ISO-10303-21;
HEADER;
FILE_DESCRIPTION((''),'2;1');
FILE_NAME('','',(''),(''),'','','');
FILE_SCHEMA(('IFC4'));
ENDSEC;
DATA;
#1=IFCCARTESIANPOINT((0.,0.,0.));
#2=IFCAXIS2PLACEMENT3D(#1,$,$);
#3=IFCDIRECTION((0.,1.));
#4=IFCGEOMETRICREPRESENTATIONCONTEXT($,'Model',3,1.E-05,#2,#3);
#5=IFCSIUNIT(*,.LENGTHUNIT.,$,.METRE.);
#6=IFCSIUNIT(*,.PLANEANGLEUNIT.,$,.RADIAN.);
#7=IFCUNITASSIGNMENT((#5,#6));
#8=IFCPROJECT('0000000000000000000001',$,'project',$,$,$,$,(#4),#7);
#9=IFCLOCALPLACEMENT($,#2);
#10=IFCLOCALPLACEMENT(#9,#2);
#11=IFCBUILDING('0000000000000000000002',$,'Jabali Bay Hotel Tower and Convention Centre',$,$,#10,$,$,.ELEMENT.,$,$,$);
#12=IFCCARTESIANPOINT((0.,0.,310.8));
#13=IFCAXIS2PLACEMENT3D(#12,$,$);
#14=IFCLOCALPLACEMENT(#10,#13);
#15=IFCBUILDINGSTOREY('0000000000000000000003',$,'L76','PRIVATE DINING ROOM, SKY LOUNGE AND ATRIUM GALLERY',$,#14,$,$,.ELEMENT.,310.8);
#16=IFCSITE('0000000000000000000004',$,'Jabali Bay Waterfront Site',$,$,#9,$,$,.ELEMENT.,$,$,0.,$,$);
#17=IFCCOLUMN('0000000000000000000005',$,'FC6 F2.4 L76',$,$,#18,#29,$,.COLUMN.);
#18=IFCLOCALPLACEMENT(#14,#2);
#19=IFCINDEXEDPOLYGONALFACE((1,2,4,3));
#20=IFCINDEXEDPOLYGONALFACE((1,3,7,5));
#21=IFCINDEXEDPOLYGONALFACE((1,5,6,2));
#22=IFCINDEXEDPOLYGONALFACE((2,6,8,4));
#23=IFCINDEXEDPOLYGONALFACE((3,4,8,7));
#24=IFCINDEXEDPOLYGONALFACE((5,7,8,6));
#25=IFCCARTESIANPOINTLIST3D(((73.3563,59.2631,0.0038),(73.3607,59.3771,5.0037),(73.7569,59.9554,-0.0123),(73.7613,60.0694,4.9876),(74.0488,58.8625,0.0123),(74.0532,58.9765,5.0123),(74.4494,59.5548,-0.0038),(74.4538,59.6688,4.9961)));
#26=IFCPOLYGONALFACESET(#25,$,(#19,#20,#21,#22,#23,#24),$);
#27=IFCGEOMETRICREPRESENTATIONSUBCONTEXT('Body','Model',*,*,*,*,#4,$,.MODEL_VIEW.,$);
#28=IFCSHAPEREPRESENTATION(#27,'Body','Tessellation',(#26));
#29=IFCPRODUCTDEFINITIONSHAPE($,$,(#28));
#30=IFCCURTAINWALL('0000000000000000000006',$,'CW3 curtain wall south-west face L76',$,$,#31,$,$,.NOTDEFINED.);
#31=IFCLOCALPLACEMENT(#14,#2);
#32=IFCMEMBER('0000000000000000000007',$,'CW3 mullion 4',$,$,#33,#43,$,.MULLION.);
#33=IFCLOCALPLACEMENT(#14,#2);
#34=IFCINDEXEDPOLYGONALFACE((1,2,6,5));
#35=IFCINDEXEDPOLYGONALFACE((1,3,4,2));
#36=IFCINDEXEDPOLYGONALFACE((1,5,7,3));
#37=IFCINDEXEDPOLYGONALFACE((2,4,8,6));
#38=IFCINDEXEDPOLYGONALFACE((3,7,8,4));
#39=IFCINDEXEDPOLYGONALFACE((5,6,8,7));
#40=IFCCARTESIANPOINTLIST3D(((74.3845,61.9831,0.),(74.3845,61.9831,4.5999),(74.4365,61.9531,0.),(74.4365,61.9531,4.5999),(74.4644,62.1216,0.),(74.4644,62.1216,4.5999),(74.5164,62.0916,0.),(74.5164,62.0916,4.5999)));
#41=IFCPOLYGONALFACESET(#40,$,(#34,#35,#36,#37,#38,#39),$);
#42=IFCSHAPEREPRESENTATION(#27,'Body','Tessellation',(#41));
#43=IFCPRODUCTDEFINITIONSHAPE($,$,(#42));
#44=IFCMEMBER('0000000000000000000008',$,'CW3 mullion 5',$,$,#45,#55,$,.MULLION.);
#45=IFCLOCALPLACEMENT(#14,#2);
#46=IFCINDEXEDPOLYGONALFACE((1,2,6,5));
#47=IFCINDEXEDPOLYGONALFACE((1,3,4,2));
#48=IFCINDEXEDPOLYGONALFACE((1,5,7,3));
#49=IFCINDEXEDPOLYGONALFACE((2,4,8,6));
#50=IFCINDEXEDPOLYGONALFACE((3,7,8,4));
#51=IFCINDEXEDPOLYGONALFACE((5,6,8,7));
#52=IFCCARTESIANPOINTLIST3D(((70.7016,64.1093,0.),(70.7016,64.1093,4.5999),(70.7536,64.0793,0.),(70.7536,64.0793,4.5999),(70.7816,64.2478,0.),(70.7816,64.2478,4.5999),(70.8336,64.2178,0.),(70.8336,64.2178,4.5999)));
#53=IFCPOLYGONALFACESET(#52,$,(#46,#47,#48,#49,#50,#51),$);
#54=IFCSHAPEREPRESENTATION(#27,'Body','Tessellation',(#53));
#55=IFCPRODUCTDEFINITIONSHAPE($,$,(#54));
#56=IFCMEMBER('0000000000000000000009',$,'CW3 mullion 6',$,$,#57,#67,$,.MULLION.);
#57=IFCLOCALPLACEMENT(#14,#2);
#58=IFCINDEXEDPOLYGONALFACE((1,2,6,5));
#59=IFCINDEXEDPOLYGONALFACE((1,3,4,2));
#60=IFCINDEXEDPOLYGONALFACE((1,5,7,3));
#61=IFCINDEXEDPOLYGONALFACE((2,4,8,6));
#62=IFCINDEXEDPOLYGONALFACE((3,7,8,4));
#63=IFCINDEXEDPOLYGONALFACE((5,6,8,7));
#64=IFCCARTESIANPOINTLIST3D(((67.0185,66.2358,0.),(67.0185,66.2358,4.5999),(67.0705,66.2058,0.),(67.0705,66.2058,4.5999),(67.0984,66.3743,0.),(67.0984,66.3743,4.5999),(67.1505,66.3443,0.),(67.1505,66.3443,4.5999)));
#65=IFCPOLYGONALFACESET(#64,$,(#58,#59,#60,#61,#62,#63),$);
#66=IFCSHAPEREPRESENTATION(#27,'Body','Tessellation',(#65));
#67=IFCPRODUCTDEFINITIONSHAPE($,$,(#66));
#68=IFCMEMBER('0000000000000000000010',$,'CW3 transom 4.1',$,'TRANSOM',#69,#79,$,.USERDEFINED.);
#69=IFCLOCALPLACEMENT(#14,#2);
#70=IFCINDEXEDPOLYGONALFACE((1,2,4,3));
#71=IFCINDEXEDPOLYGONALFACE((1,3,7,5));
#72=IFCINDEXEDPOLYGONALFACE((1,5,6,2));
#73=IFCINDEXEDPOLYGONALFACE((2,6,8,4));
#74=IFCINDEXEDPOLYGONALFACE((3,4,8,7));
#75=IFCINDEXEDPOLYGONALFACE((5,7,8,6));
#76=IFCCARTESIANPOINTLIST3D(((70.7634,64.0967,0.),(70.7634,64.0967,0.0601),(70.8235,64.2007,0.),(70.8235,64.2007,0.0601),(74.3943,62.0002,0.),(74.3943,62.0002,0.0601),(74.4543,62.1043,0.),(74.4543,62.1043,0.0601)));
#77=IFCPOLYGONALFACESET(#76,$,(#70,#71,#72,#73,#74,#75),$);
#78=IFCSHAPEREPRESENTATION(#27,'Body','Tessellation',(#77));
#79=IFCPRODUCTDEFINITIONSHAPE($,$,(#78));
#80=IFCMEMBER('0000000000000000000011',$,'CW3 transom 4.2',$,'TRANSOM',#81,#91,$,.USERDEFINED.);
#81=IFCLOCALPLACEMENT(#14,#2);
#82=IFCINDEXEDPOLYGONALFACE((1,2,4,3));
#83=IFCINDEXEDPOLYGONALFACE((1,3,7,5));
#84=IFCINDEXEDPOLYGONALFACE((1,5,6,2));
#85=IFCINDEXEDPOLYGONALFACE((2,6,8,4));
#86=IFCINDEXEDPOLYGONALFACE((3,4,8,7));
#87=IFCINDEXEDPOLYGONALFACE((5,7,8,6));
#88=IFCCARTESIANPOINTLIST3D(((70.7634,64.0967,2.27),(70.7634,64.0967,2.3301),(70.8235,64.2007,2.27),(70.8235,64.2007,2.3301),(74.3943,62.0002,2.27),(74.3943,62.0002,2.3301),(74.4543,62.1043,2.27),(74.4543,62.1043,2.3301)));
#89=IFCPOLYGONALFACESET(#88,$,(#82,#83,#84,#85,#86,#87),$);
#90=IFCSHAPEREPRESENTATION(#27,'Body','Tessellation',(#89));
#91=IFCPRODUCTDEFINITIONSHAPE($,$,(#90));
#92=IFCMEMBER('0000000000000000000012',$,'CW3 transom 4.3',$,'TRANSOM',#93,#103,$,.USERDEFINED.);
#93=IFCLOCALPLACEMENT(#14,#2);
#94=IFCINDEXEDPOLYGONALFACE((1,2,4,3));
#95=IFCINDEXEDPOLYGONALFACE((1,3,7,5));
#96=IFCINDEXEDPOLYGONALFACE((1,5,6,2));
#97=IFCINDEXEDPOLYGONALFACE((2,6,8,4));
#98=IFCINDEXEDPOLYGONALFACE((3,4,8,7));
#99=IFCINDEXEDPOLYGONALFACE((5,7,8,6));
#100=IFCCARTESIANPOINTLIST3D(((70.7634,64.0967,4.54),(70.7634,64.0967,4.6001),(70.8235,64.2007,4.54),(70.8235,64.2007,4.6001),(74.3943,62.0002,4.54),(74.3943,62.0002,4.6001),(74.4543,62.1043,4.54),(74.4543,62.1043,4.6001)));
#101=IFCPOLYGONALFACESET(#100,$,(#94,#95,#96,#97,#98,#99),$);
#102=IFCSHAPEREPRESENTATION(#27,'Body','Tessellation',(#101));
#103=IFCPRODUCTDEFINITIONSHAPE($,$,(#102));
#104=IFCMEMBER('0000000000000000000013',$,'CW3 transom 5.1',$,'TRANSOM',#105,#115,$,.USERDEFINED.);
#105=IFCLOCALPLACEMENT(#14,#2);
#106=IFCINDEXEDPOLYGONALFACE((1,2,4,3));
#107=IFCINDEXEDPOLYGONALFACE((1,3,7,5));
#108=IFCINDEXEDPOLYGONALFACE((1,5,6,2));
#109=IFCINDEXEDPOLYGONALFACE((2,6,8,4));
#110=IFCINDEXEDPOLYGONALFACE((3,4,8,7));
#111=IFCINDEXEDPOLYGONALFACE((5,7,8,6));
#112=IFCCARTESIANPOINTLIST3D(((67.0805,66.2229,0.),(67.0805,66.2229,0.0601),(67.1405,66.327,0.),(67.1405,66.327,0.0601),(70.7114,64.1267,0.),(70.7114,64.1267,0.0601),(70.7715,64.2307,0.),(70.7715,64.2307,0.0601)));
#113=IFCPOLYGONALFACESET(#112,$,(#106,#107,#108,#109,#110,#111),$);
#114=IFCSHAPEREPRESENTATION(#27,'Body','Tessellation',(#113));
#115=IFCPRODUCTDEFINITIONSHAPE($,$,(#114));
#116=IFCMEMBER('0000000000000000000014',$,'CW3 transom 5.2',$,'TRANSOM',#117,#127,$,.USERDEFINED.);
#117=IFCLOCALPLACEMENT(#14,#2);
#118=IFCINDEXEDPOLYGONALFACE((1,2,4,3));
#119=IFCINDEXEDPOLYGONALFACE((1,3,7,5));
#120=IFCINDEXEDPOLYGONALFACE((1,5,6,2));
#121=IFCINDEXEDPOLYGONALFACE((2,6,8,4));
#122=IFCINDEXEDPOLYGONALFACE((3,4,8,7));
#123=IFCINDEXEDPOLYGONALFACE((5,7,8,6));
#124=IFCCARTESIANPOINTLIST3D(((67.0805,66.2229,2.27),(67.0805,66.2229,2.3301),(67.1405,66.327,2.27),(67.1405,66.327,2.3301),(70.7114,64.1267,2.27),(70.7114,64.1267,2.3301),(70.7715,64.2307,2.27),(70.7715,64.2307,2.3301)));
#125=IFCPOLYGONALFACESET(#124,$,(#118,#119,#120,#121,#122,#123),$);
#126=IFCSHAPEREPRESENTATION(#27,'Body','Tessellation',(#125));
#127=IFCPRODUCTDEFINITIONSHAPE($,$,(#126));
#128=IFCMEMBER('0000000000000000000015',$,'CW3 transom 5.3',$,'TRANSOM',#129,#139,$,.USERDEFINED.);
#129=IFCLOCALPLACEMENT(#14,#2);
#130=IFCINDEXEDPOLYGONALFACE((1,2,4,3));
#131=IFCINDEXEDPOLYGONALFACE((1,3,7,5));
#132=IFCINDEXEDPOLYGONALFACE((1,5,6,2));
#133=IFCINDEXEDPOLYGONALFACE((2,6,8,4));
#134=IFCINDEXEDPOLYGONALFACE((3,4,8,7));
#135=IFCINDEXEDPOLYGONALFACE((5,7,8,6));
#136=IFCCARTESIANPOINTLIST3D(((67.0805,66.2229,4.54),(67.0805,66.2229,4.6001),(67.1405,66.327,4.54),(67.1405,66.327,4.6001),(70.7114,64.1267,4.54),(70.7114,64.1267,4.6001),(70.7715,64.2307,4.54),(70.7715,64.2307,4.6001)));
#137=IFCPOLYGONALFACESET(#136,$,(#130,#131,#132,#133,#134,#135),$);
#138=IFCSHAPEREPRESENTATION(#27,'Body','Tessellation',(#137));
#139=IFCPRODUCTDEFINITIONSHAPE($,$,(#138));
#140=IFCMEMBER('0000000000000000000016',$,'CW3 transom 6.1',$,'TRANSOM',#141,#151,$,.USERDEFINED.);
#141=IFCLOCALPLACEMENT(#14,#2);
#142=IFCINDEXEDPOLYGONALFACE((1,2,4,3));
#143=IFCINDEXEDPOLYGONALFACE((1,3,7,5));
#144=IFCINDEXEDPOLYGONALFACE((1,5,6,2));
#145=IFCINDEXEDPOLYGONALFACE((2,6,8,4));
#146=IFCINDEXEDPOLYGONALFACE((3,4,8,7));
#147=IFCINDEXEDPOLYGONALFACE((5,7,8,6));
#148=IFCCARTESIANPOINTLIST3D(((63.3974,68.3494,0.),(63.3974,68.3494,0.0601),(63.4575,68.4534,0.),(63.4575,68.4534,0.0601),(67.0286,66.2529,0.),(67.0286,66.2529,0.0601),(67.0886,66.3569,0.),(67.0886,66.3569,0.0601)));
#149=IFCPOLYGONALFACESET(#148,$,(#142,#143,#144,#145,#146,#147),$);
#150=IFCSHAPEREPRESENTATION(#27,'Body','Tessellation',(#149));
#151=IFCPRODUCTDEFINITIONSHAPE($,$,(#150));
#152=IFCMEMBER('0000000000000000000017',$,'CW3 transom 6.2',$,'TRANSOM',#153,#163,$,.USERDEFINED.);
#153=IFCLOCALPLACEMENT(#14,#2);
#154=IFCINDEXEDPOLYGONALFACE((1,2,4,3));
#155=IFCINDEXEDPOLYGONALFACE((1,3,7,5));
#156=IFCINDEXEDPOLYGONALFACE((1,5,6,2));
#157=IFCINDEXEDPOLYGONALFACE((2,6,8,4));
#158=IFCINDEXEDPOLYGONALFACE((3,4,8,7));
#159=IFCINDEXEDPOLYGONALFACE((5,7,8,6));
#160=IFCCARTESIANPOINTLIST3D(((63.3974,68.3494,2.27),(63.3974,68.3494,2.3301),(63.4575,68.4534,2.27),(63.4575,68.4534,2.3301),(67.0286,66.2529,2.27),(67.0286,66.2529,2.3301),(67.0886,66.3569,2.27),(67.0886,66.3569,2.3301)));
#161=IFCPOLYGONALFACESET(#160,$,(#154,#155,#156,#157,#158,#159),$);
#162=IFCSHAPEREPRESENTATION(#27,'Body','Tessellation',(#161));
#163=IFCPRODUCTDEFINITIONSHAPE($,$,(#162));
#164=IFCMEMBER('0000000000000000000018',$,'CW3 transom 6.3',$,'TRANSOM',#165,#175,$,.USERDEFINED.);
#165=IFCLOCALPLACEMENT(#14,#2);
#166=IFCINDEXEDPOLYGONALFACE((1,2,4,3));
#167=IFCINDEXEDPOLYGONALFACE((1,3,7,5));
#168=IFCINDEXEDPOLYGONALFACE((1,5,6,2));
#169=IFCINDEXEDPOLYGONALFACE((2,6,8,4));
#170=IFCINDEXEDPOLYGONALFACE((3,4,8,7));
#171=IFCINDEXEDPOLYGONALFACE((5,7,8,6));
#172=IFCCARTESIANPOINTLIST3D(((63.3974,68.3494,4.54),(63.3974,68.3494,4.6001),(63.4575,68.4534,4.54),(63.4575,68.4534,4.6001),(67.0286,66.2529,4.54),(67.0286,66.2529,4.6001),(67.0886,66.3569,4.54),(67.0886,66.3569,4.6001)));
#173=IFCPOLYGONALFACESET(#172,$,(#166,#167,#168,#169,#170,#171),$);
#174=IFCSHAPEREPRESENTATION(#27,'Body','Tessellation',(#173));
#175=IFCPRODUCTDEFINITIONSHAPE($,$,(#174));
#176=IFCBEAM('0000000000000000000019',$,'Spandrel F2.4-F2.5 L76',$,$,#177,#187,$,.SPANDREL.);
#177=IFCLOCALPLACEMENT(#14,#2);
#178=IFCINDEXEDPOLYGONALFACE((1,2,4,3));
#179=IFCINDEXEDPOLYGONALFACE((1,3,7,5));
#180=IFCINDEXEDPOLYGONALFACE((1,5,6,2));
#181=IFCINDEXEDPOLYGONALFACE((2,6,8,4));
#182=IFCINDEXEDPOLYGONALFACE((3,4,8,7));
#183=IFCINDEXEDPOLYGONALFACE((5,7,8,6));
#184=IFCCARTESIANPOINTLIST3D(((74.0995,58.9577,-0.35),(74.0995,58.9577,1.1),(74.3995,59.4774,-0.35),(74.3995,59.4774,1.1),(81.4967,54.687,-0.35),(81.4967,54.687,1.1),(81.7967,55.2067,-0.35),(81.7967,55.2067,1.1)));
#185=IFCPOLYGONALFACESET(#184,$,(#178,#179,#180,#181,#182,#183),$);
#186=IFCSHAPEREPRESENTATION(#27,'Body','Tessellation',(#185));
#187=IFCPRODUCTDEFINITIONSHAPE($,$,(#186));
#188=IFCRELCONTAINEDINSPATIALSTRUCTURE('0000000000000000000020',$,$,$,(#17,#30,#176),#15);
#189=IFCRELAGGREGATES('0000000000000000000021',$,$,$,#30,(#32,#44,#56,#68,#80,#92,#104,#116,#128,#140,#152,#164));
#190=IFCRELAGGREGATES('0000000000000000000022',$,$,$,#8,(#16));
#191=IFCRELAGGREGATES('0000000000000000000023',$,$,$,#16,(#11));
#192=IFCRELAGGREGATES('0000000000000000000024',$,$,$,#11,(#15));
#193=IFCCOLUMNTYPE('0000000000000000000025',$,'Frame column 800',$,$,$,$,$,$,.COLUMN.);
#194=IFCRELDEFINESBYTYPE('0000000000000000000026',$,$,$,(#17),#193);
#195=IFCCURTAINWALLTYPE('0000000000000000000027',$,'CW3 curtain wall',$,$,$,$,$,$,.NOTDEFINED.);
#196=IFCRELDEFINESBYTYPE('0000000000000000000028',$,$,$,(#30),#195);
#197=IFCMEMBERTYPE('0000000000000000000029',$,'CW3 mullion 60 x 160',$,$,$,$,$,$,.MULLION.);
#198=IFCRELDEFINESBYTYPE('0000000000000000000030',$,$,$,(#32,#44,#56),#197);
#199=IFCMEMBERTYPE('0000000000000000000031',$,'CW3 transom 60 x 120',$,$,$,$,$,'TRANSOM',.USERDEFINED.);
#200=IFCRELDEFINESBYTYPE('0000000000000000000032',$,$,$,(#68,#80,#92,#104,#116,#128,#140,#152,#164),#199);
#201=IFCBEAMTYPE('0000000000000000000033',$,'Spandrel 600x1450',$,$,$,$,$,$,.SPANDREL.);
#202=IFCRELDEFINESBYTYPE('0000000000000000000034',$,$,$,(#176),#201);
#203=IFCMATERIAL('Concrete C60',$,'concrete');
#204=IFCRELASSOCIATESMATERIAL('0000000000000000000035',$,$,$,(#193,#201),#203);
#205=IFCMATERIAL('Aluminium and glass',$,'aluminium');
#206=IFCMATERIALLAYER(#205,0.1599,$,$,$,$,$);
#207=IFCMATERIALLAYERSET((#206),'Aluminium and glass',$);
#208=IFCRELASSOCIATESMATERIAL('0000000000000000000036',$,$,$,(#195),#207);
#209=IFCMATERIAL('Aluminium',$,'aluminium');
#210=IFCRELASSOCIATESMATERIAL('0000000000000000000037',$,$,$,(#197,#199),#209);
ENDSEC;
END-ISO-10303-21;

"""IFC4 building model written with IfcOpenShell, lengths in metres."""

from ifc_helpers import new_model, si_unit, direction, frame, origin, origin_2d, place, context, subcontext, project, spatial, rectangle, extrude, material, layer, layer_set, material_profile, profile_set, type_object, element, aggregate, save


model = new_model("IFC4")

# Units and contexts
model_context = context("Model", 3, precision=1e-05, world=origin(), true_north=direction((0.0, 1.0)))
body_context = subcontext(model_context, "Body", "Model", "MODEL_VIEW")
ifc_project = project(units=[si_unit("LENGTHUNIT", "METRE"), si_unit("PLANEANGLEUNIT", "RADIAN")], contexts=[model_context])

# Site, building, storey
site_placement = place(None, origin())
site = spatial("IfcSite", under=ifc_project, at=site_placement, Name="Jabali Bay Waterfront Site", CompositionType="ELEMENT", RefElevation=0.0)
building_placement = place(site_placement, origin())
building = spatial("IfcBuilding", under=site, at=building_placement, Name="Jabali Bay Hotel Tower and Convention Centre", CompositionType="ELEMENT")
storey_placement = place(building_placement, frame((0.0, 0.0, 310.8)))
storey = spatial("IfcBuildingStorey", under=building, at=storey_placement, Name="L76", Description="PRIVATE DINING ROOM, SKY LOUNGE AND ATRIUM GALLERY", CompositionType="ELEMENT", Elevation=310.8)

# Column
ifc_material_1 = material(Name="Concrete C60", Category="concrete")
ifc_material_profile_1 = material_profile(ifc_material_1, rectangle(XDim=0.8, YDim=0.8, at=origin_2d()), Name="Frame column 800")
ifc_profile_set_1 = profile_set([ifc_material_profile_1], Name="Concrete C60")
column_type = type_object("IfcColumnType", Name="Frame column 800", PredefinedType="COLUMN", material=ifc_profile_set_1)
column_placement = place(storey_placement, frame((73.9028, 59.4089, 0.0), z_axis=(0.000879, 0.022797, 0.99974), x_axis=(-0.500781, -0.865339, 0.020172)))
element("IfcColumn", 1, at=column_placement, inside=storey, type_object=column_type, Name="FC6 F2.4 L76", PredefinedType="COLUMN", context=body_context, shape_type="SweptSolid", body=[
    extrude(rectangle(XDim=0.8, YDim=0.8, at=origin_2d()), origin(), (0.0, 0.0, 1.0), 5.0012),
])

# Curtain wall, members
ifc_material_2 = material(Name="Aluminium and glass", Category="aluminium")
ifc_layer_1 = layer(ifc_material_2, 0.1599)
ifc_layer_set_1 = layer_set([ifc_layer_1], Name="Aluminium and glass")
curtain_wall_type = type_object("IfcCurtainWallType", Name="CW3 curtain wall", PredefinedType="NOTDEFINED", material=ifc_layer_set_1)
curtain_wall_placement = place(storey_placement, origin())
curtain_wall = element("IfcCurtainWall", 2, at=curtain_wall_placement, inside=storey, type_object=curtain_wall_type, Name="CW3 curtain wall south-west face L76", PredefinedType="NOTDEFINED")
ifc_material_3 = material(Name="Aluminium", Category="aluminium")
ifc_material_profile_2 = material_profile(ifc_material_3, rectangle(XDim=0.1599, YDim=0.0601, at=origin_2d()), Name="CW3 mullion 60 x 160")
ifc_profile_set_2 = profile_set([ifc_material_profile_2], Name="Aluminium")
member_type_1 = type_object("IfcMemberType", Name="CW3 mullion 60 x 160", PredefinedType="MULLION", material=ifc_profile_set_2)
member_1_placement = place(storey_placement, frame((74.4504, 62.0374, 0.0), z_axis=(0.0, 0.0, 1.0), x_axis=(-0.5, -0.866025, 0.0)))
member_1 = element("IfcMember", 3, at=member_1_placement, type_object=member_type_1, Name="CW3 mullion 4", PredefinedType="MULLION", context=body_context, shape_type="SweptSolid", body=[
    extrude(rectangle(XDim=0.1599, YDim=0.0601, at=origin_2d()), origin(), (0.0, 0.0, 1.0), 4.5999),
])
member_2_placement = place(storey_placement, frame((70.7676, 64.1636, 0.0), z_axis=(0.0, 0.0, 1.0), x_axis=(-0.5, -0.866025, 0.0)))
member_2 = element("IfcMember", 4, at=member_2_placement, type_object=member_type_1, Name="CW3 mullion 5", PredefinedType="MULLION", context=body_context, shape_type="SweptSolid", body=[
    extrude(rectangle(XDim=0.1599, YDim=0.0601, at=origin_2d()), origin(), (0.0, 0.0, 1.0), 4.5999),
])
member_3_placement = place(storey_placement, frame((67.0845, 66.29, 0.0), z_axis=(0.0, 0.0, 1.0), x_axis=(-0.5, -0.866025, 0.0)))
member_3 = element("IfcMember", 5, at=member_3_placement, type_object=member_type_1, Name="CW3 mullion 6", PredefinedType="MULLION", context=body_context, shape_type="SweptSolid", body=[
    extrude(rectangle(XDim=0.1599, YDim=0.0601, at=origin_2d()), origin(), (0.0, 0.0, 1.0), 4.5999),
])
ifc_material_profile_3 = material_profile(ifc_material_3, rectangle(XDim=0.1201, YDim=0.0601, at=origin_2d()), Name="CW3 transom 60 x 120")
ifc_profile_set_3 = profile_set([ifc_material_profile_3], Name="Aluminium")
member_type_2 = type_object("IfcMemberType", Name="CW3 transom 60 x 120", ElementType="TRANSOM", PredefinedType="USERDEFINED", material=ifc_profile_set_3)
member_4_placement = place(storey_placement, frame((74.4243, 62.0522, 0.03), z_axis=(-0.866009, 0.500028, 0.0), x_axis=(-0.500028, -0.866009, 0.0)))
member_4 = element("IfcMember", 6, at=member_4_placement, type_object=member_type_2, Name="CW3 transom 4.1", ObjectType="TRANSOM", PredefinedType="USERDEFINED", context=body_context, shape_type="SweptSolid", body=[
    extrude(rectangle(XDim=0.1201, YDim=0.0601, at=origin_2d()), origin(), (0.0, 0.0, 1.0), 4.1926),
])
member_5_placement = place(storey_placement, frame((74.4243, 62.0522, 2.3), z_axis=(-0.866009, 0.500028, 0.0), x_axis=(-0.500028, -0.866009, 0.0)))
member_5 = element("IfcMember", 7, at=member_5_placement, type_object=member_type_2, Name="CW3 transom 4.2", ObjectType="TRANSOM", PredefinedType="USERDEFINED", context=body_context, shape_type="SweptSolid", body=[
    extrude(rectangle(XDim=0.1201, YDim=0.0601, at=origin_2d()), origin(), (0.0, 0.0, 1.0), 4.1926),
])
member_6_placement = place(storey_placement, frame((74.4243, 62.0522, 4.5701), z_axis=(-0.866009, 0.500028, 0.0), x_axis=(-0.500028, -0.866009, 0.0)))
member_6 = element("IfcMember", 8, at=member_6_placement, type_object=member_type_2, Name="CW3 transom 4.3", ObjectType="TRANSOM", PredefinedType="USERDEFINED", context=body_context, shape_type="SweptSolid", body=[
    extrude(rectangle(XDim=0.1201, YDim=0.0601, at=origin_2d()), origin(), (0.0, 0.0, 1.0), 4.1926),
])
member_7_placement = place(storey_placement, frame((70.7415, 64.1787, 0.03), z_axis=(-0.866034, 0.499985, 0.0), x_axis=(-0.499985, -0.866034, 0.0)))
member_7 = element("IfcMember", 9, at=member_7_placement, type_object=member_type_2, Name="CW3 transom 5.1", ObjectType="TRANSOM", PredefinedType="USERDEFINED", context=body_context, shape_type="SweptSolid", body=[
    extrude(rectangle(XDim=0.1201, YDim=0.0601, at=origin_2d()), origin(), (0.0, 0.0, 1.0), 4.1926),
])
member_8_placement = place(storey_placement, frame((70.7415, 64.1787, 2.3), z_axis=(-0.866034, 0.499985, 0.0), x_axis=(-0.499985, -0.866034, 0.0)))
member_8 = element("IfcMember", 10, at=member_8_placement, type_object=member_type_2, Name="CW3 transom 5.2", ObjectType="TRANSOM", PredefinedType="USERDEFINED", context=body_context, shape_type="SweptSolid", body=[
    extrude(rectangle(XDim=0.1201, YDim=0.0601, at=origin_2d()), origin(), (0.0, 0.0, 1.0), 4.1926),
])
member_9_placement = place(storey_placement, frame((70.7415, 64.1787, 4.5701), z_axis=(-0.866034, 0.499985, 0.0), x_axis=(-0.499985, -0.866034, 0.0)))
member_9 = element("IfcMember", 11, at=member_9_placement, type_object=member_type_2, Name="CW3 transom 5.3", ObjectType="TRANSOM", PredefinedType="USERDEFINED", context=body_context, shape_type="SweptSolid", body=[
    extrude(rectangle(XDim=0.1201, YDim=0.0601, at=origin_2d()), origin(), (0.0, 0.0, 1.0), 4.1926),
])
member_10_placement = place(storey_placement, frame((67.0586, 66.3049, 0.03), z_axis=(-0.866024, 0.500003, 0.0), x_axis=(-0.500003, -0.866024, 0.0)))
member_10 = element("IfcMember", 12, at=member_10_placement, type_object=member_type_2, Name="CW3 transom 6.1", ObjectType="TRANSOM", PredefinedType="USERDEFINED", context=body_context, shape_type="SweptSolid", body=[
    extrude(rectangle(XDim=0.1201, YDim=0.0601, at=origin_2d()), origin(), (0.0, 0.0, 1.0), 4.1929),
])
member_11_placement = place(storey_placement, frame((67.0586, 66.3049, 2.3), z_axis=(-0.866024, 0.500003, 0.0), x_axis=(-0.500003, -0.866024, 0.0)))
member_11 = element("IfcMember", 13, at=member_11_placement, type_object=member_type_2, Name="CW3 transom 6.2", ObjectType="TRANSOM", PredefinedType="USERDEFINED", context=body_context, shape_type="SweptSolid", body=[
    extrude(rectangle(XDim=0.1201, YDim=0.0601, at=origin_2d()), origin(), (0.0, 0.0, 1.0), 4.1929),
])
member_12_placement = place(storey_placement, frame((67.0586, 66.3049, 4.5701), z_axis=(-0.866024, 0.500003, 0.0), x_axis=(-0.500003, -0.866024, 0.0)))
member_12 = element("IfcMember", 14, at=member_12_placement, type_object=member_type_2, Name="CW3 transom 6.3", ObjectType="TRANSOM", PredefinedType="USERDEFINED", context=body_context, shape_type="SweptSolid", body=[
    extrude(rectangle(XDim=0.1201, YDim=0.0601, at=origin_2d()), origin(), (0.0, 0.0, 1.0), 4.1929),
])

# Beam
ifc_material_profile_4 = material_profile(ifc_material_1, rectangle(XDim=0.6001, YDim=1.45, at=origin_2d()), Name="Spandrel 600x1450")
ifc_profile_set_4 = profile_set([ifc_material_profile_4], Name="Concrete C60")
beam_type = type_object("IfcBeamType", Name="Spandrel 600x1450", PredefinedType="SPANDREL", material=ifc_profile_set_4)
beam_placement = place(storey_placement, frame((74.2495, 59.2175, 0.375), z_axis=(0.866027, -0.499997, 0.0), x_axis=(0.499997, 0.866027, 0.0)))
element("IfcBeam", 15, at=beam_placement, inside=storey, type_object=beam_type, Name="Spandrel F2.4-F2.5 L76", PredefinedType="SPANDREL", context=body_context, shape_type="SweptSolid", body=[
    extrude(rectangle(XDim=0.6001, YDim=1.45, at=origin_2d()), origin(), (0.0, 0.0, 1.0), 8.5415),
])

aggregate(curtain_wall, [member_1, member_2, member_3, member_4, member_5, member_6, member_7, member_8, member_9, member_10, member_11, member_12])

save(model, "model.ifc")
